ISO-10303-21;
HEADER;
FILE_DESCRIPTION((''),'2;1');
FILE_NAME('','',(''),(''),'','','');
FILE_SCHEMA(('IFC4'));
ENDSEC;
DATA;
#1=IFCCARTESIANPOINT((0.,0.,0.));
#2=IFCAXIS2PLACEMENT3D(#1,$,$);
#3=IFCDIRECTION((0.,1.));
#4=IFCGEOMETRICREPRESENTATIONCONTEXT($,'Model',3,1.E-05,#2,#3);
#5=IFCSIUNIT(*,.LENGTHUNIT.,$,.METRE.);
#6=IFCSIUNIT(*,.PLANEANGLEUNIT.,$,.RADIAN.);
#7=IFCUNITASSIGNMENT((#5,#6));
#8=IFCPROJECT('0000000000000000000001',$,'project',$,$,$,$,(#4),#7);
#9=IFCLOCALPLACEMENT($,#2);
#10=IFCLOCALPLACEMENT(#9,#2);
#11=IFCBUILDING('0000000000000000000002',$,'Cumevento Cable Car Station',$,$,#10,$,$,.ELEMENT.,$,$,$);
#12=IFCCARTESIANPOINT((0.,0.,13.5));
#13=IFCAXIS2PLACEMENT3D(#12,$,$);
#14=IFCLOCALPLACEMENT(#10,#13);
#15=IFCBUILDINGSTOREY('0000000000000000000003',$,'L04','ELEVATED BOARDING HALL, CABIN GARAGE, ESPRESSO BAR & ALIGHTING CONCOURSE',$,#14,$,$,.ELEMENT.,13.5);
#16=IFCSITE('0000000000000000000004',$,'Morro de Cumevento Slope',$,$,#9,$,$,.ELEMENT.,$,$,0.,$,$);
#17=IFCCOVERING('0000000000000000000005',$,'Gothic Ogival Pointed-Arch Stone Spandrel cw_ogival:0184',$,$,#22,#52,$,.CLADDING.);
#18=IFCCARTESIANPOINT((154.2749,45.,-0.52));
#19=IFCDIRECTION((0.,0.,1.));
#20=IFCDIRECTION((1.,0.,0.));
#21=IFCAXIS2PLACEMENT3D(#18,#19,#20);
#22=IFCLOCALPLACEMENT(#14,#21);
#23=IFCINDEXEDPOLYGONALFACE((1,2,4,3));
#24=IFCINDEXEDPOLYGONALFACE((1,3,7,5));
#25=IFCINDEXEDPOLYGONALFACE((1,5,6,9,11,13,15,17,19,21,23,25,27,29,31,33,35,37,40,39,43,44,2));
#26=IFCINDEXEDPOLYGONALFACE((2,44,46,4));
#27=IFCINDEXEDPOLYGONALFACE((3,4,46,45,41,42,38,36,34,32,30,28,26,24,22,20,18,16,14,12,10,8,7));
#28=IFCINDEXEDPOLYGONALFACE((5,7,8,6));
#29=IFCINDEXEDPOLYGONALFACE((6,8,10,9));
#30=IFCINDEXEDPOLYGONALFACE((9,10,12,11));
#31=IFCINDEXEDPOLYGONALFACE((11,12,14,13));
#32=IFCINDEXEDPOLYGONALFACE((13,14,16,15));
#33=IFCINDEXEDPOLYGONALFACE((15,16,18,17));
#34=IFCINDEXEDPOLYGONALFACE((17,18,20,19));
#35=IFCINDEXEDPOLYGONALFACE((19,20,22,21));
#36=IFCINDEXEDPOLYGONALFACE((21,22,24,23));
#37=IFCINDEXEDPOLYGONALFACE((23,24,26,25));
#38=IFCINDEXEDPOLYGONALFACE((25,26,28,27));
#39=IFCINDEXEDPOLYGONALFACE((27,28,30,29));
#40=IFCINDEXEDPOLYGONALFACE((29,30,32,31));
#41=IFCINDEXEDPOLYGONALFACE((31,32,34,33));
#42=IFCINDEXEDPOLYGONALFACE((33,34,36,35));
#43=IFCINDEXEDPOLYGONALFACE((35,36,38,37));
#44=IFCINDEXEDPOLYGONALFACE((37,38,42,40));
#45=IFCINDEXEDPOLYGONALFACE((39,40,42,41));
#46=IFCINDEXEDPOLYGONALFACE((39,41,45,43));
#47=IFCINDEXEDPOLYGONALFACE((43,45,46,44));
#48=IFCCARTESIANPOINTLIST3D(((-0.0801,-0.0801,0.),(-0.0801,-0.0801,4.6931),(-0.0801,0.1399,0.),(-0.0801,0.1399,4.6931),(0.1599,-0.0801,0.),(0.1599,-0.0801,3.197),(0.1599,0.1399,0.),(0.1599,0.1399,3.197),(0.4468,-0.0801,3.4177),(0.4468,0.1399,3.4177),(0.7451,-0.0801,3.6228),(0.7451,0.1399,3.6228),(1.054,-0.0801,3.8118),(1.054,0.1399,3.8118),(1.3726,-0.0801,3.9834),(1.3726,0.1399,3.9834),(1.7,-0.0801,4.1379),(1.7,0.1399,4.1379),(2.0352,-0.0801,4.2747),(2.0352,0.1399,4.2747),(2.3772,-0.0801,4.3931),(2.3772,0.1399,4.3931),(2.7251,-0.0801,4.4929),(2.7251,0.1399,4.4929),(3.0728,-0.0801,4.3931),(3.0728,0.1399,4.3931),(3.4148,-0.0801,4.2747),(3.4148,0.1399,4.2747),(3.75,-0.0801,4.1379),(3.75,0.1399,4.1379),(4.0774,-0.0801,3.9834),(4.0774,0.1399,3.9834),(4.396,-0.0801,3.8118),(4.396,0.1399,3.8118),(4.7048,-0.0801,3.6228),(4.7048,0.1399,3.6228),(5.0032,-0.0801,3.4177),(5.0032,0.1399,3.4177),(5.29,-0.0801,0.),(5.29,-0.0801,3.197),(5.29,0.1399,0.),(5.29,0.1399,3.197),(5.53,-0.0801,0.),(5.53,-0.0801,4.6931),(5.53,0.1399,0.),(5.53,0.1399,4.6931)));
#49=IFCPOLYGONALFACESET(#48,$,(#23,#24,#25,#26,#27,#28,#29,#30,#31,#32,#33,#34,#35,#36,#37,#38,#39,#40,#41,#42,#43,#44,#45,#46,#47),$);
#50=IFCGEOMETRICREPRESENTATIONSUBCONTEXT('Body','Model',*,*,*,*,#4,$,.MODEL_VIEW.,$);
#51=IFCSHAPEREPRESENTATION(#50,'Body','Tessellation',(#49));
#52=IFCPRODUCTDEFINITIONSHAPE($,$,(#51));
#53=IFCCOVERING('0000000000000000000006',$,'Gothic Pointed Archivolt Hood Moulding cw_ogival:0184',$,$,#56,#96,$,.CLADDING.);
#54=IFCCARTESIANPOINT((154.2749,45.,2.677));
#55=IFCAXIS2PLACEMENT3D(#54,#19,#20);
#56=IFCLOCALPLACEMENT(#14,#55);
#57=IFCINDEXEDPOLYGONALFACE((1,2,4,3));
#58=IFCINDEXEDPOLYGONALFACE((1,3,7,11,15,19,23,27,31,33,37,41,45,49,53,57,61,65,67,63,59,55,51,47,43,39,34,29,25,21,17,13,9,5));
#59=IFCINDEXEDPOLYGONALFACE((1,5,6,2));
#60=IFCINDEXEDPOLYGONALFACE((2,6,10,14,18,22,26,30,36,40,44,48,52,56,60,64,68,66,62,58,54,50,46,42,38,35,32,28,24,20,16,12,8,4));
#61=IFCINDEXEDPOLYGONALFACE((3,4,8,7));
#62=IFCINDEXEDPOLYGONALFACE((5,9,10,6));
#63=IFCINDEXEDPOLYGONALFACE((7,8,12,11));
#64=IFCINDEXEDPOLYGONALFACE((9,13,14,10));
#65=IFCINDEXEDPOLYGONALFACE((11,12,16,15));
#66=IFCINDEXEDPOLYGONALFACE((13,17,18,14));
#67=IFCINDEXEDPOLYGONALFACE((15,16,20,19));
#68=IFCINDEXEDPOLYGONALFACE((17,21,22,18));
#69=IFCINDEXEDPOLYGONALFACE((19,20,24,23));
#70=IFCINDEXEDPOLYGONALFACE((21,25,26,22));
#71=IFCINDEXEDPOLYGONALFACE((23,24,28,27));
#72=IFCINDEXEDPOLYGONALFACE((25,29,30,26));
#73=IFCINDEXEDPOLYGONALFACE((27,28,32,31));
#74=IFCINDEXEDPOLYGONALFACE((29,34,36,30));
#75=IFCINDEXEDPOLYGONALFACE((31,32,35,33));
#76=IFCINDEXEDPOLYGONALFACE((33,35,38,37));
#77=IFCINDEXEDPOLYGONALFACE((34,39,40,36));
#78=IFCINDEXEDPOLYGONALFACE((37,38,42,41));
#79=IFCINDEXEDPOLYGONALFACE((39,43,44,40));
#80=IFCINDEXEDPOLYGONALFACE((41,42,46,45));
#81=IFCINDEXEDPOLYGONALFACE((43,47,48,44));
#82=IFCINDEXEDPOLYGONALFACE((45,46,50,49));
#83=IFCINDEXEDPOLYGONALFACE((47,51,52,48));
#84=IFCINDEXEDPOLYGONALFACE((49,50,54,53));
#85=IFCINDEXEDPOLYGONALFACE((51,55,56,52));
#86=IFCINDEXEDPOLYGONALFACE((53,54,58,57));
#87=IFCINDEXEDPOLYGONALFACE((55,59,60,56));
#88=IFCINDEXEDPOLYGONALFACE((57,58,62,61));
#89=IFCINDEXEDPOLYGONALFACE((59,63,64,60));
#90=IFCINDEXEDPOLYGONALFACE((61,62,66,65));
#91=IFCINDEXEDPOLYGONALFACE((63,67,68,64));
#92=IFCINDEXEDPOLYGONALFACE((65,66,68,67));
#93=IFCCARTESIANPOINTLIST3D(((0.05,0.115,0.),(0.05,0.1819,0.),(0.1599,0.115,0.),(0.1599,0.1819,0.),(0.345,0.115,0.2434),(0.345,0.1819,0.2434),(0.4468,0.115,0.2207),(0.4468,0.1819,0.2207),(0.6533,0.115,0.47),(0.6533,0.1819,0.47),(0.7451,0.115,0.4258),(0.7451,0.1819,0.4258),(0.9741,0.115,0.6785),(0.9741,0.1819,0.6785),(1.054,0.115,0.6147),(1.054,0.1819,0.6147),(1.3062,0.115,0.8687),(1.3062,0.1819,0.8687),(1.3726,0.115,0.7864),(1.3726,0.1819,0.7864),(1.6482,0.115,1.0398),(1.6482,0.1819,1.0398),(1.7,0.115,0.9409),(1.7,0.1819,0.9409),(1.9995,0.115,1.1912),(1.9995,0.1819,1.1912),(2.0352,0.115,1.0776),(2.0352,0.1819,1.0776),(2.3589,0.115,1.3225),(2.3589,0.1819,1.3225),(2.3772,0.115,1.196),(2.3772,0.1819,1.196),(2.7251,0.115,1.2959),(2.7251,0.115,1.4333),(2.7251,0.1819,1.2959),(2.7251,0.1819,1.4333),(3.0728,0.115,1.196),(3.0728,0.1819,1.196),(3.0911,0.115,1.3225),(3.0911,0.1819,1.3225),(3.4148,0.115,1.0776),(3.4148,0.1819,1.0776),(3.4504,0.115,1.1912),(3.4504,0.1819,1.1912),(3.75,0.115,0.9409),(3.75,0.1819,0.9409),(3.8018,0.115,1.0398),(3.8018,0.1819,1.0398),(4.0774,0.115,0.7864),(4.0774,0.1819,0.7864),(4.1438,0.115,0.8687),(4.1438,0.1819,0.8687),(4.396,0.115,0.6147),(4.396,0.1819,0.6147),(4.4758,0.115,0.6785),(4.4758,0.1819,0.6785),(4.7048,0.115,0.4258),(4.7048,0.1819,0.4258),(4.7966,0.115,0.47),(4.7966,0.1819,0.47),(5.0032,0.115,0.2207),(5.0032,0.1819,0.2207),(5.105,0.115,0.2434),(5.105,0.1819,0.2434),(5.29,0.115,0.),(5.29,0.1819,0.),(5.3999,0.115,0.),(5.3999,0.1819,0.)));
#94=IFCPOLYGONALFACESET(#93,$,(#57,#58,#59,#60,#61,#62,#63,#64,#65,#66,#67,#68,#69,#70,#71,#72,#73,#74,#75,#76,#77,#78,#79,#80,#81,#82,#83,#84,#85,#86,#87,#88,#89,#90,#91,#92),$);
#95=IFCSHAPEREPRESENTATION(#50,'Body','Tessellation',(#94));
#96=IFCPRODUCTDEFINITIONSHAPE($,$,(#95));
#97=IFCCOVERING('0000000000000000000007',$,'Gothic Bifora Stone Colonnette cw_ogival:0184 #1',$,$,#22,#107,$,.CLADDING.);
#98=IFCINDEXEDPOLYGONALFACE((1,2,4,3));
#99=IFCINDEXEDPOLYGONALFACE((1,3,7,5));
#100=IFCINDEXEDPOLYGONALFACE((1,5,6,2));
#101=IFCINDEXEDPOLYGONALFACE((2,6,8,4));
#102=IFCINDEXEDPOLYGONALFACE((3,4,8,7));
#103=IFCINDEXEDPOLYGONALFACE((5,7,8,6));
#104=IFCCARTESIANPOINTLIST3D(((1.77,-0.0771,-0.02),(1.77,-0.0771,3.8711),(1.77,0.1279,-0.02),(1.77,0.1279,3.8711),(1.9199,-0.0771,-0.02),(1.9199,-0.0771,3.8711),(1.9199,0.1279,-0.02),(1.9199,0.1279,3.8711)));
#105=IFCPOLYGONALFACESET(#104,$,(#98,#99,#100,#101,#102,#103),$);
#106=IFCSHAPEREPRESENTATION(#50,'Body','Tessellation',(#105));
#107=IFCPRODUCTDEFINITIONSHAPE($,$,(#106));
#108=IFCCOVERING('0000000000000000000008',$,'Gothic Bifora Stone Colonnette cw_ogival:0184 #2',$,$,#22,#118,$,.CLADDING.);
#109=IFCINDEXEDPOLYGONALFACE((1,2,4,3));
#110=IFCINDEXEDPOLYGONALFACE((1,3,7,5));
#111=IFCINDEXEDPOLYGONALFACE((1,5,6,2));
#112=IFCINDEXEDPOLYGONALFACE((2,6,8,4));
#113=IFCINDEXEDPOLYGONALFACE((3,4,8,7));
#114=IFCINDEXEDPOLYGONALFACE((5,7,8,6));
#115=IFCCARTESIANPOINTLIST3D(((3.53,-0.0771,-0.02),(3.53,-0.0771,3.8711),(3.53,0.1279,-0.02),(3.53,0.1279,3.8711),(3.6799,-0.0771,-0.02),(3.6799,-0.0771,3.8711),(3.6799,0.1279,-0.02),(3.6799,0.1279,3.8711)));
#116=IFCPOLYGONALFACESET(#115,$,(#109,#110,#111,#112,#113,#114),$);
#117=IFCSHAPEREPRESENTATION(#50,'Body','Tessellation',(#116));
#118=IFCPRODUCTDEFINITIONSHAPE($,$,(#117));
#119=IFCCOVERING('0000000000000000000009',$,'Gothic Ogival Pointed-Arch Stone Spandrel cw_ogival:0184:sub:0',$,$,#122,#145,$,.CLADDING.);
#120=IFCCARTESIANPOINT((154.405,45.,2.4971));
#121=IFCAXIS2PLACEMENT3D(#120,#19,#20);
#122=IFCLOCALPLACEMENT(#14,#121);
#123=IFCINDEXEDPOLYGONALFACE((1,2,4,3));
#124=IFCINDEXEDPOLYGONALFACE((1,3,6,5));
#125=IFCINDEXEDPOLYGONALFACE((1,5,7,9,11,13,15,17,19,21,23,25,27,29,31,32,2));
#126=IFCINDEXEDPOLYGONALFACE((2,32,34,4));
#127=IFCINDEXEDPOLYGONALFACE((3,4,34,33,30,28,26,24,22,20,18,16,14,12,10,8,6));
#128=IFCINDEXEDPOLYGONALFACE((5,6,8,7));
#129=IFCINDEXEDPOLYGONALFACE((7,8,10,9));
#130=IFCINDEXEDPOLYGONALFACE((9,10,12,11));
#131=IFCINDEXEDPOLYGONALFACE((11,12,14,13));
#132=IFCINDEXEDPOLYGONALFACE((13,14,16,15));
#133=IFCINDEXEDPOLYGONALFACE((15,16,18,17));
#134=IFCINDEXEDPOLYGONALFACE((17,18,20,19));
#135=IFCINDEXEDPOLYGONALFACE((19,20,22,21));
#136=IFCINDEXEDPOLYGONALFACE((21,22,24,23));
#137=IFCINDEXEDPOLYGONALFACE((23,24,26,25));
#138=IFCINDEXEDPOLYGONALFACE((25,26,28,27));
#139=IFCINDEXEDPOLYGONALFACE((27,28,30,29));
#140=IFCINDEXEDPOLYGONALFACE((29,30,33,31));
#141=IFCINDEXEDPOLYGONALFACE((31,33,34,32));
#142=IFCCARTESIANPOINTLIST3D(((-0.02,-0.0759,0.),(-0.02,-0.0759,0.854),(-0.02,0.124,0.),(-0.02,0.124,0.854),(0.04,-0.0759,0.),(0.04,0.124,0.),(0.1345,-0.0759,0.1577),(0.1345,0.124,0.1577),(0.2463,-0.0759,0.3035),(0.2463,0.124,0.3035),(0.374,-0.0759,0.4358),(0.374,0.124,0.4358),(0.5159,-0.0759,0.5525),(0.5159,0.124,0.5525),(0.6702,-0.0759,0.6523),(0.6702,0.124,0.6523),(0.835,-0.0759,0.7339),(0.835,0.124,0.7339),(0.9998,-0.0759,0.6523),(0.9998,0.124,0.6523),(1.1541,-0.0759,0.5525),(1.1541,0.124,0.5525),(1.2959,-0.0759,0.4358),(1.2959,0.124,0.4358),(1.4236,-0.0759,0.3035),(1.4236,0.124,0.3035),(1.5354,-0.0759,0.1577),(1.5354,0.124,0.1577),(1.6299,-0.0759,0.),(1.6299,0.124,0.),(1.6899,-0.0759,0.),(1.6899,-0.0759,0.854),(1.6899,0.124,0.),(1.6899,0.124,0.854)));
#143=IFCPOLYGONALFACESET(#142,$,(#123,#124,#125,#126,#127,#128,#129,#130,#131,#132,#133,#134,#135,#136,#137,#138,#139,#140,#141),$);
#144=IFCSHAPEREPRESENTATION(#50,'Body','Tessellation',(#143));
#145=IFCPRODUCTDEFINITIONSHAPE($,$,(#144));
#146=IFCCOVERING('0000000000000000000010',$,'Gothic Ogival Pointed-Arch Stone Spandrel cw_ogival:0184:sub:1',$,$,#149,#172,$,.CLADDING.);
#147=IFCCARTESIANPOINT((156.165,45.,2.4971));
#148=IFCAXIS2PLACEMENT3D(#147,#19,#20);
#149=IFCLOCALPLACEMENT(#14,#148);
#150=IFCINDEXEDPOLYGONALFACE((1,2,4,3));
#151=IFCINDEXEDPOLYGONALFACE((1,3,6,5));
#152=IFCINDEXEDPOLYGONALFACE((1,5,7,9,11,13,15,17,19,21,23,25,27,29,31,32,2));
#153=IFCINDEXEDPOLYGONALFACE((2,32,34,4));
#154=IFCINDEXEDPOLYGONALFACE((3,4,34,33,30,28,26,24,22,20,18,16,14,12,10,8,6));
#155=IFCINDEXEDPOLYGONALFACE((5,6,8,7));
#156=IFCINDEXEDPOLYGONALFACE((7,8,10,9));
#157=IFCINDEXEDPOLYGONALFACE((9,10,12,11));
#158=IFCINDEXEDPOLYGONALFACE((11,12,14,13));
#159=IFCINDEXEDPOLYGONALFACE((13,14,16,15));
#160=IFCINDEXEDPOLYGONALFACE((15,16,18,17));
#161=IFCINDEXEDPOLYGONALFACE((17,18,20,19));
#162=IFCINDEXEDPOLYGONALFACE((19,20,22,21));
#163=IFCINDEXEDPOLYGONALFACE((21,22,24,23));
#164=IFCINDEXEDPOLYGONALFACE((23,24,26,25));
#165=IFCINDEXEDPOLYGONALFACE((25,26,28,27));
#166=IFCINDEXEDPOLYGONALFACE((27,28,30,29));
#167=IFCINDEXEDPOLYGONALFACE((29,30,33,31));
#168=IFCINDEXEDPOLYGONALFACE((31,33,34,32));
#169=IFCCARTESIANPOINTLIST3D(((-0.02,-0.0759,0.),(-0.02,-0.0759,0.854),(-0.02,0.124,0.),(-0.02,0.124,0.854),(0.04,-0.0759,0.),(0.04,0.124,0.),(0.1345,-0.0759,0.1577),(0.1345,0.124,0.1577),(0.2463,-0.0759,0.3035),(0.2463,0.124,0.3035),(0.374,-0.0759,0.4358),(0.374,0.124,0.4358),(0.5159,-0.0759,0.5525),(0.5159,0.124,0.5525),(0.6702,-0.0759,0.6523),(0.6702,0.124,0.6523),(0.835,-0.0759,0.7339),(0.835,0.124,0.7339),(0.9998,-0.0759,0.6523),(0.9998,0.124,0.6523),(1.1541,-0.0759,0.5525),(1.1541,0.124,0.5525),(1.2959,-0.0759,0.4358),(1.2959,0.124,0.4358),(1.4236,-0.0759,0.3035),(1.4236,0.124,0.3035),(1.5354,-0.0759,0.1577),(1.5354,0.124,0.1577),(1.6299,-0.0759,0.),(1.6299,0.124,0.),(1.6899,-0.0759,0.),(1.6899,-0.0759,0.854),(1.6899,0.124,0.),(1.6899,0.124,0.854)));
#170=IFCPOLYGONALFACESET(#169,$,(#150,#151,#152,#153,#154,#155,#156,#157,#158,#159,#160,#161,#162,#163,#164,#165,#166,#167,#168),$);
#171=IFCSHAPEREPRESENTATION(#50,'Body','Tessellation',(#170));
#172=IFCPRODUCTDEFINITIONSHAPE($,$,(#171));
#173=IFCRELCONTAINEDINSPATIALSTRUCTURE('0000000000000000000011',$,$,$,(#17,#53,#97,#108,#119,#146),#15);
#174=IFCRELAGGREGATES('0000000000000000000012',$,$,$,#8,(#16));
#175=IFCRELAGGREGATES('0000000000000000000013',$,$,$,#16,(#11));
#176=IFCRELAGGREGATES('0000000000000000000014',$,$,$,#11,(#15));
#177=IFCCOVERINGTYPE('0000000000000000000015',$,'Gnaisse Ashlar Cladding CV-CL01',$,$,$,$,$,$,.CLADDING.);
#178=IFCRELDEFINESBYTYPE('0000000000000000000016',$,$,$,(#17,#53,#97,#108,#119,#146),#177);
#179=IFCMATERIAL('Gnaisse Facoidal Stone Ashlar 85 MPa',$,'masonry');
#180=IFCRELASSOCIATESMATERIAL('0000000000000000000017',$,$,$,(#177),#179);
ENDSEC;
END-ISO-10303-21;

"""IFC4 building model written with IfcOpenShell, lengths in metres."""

from ifc_helpers import new_model, si_unit, direction, frame, origin, place, context, subcontext, project, spatial, polyline, outline, extrude, material, type_object, element, save


model = new_model("IFC4")

# Units and contexts
model_context = context("Model", 3, precision=1e-05, world=origin(), true_north=direction((0.0, 1.0)))
body_context = subcontext(model_context, "Body", "Model", "MODEL_VIEW")
ifc_project = project(units=[si_unit("LENGTHUNIT", "METRE"), si_unit("PLANEANGLEUNIT", "RADIAN")], contexts=[model_context])

# Site, building, storey
site_placement = place(None, origin())
site = spatial("IfcSite", under=ifc_project, at=site_placement, Name="Morro de Cumevento Slope", CompositionType="ELEMENT", RefElevation=0.0)
building_placement = place(site_placement, origin())
building = spatial("IfcBuilding", under=site, at=building_placement, Name="Cumevento Cable Car Station", CompositionType="ELEMENT")
storey_placement = place(building_placement, frame((0.0, 0.0, 13.5)))
storey = spatial("IfcBuildingStorey", under=building, at=storey_placement, Name="L04", Description="ELEVATED BOARDING HALL, CABIN GARAGE, ESPRESSO BAR & ALIGHTING CONCOURSE", CompositionType="ELEMENT", Elevation=13.5)

# Coverings
ifc_material_1 = material(Name="Gnaisse Facoidal Stone Ashlar 85 MPa", Category="masonry")
covering_type = type_object("IfcCoveringType", Name="Gnaisse Ashlar Cladding CV-CL01", PredefinedType="CLADDING", material=ifc_material_1)
placement = place(storey_placement, frame((154.2749, 45.0, -0.52), z_axis=(0.0, 0.0, 1.0), x_axis=(1.0, 0.0, 0.0)))
element("IfcCovering", 1, at=placement, inside=storey, type_object=covering_type, Name="Gothic Ogival Pointed-Arch Stone Spandrel cw_ogival:0184", PredefinedType="CLADDING", context=body_context, shape_type="SweptSolid", body=[
    extrude(outline(polyline([(-0.0801, 0.0), (-0.0801, 4.6931), (5.53, 4.6931), (5.53, 0.0), (5.29, 0.0), (5.29, 3.197), (5.0032, 3.4177), (4.7048, 3.6228), (4.396, 3.8118), (4.0774, 3.9834), (3.75, 4.1379), (3.4148, 4.2747), (3.0728, 4.3931), (2.7251, 4.4929), (2.3772, 4.3931), (2.0352, 4.2747), (1.7, 4.1379), (1.3726, 3.9834), (1.054, 3.8118), (0.7451, 3.6228), (0.4468, 3.4177), (0.1599, 3.197), (0.1599, 0.0), (-0.0801, 0.0)])), frame((0.0, 0.1399, 0.0), z_axis=(0.0, -1.0, 0.0), x_axis=(1.0, 0.0, 0.0)), (0.0, 0.0, 1.0), 0.22),
])
covering_1_placement = place(storey_placement, frame((154.2749, 45.0, 2.677), z_axis=(0.0, 0.0, 1.0), x_axis=(1.0, 0.0, 0.0)))
element("IfcCovering", 2, at=covering_1_placement, inside=storey, type_object=covering_type, Name="Gothic Pointed Archivolt Hood Moulding cw_ogival:0184", PredefinedType="CLADDING", context=body_context, shape_type="SweptSolid", body=[
    extrude(outline(polyline([(0.1599, 0.0), (0.4468, 0.2207), (0.7451, 0.4258), (1.054, 0.6147), (1.3726, 0.7864), (1.7, 0.9409), (2.0352, 1.0776), (2.3772, 1.196), (2.7251, 1.2959), (3.0728, 1.196), (3.4148, 1.0776), (3.75, 0.9409), (4.0774, 0.7864), (4.396, 0.6147), (4.7048, 0.4258), (5.0032, 0.2207), (5.29, 0.0), (5.3999, 0.0), (5.105, 0.2434), (4.7966, 0.47), (4.4758, 0.6785), (4.1438, 0.8687), (3.8018, 1.0398), (3.4504, 1.1912), (3.0911, 1.3225), (2.7251, 1.4333), (2.3589, 1.3225), (1.9995, 1.1912), (1.6482, 1.0398), (1.3062, 0.8687), (0.9741, 0.6785), (0.6533, 0.47), (0.345, 0.2434), (0.05, 0.0), (0.1599, 0.0)])), frame((0.0, 0.1819, 0.0), z_axis=(0.0, -1.0, 0.0), x_axis=(1.0, 0.0, 0.0)), (0.0, 0.0, 1.0), 0.0669),
])
element("IfcCovering", 3, at=placement, inside=storey, type_object=covering_type, Name="Gothic Bifora Stone Colonnette cw_ogival:0184 #1", PredefinedType="CLADDING", context=body_context, shape_type="SweptSolid", body=[
    extrude(outline(polyline([(1.77, -0.02), (1.9199, -0.02), (1.9199, 3.8711), (1.77, 3.8711), (1.77, -0.02)])), frame((0.0, 0.1279, 0.0), z_axis=(0.0, -1.0, 0.0), x_axis=(1.0, 0.0, 0.0)), (0.0, 0.0, 1.0), 0.2051),
])
element("IfcCovering", 4, at=placement, inside=storey, type_object=covering_type, Name="Gothic Bifora Stone Colonnette cw_ogival:0184 #2", PredefinedType="CLADDING", context=body_context, shape_type="SweptSolid", body=[
    extrude(outline(polyline([(3.53, -0.02), (3.6799, -0.02), (3.6799, 3.8711), (3.53, 3.8711), (3.53, -0.02)])), frame((0.0, 0.1279, 0.0), z_axis=(0.0, -1.0, 0.0), x_axis=(1.0, 0.0, 0.0)), (0.0, 0.0, 1.0), 0.2051),
])
for number, where, z_axis, x_axis, name in (
    (5, (154.405, 45.0, 2.4971), (0.0, 0.0, 1.0), (1.0, 0.0, 0.0), "Gothic Ogival Pointed-Arch Stone Spandrel cw_ogival:0184:sub:0"),
    (6, (156.165, 45.0, 2.4971), (0.0, 0.0, 1.0), (1.0, 0.0, 0.0), "Gothic Ogival Pointed-Arch Stone Spandrel cw_ogival:0184:sub:1"),
):
    element("IfcCovering", number, at=place(storey_placement, frame(where, z_axis=z_axis, x_axis=x_axis)), inside=storey, type_object=covering_type, Name=name, PredefinedType="CLADDING", context=body_context, shape_type="SweptSolid", body=[
        extrude(outline(polyline([(-0.02, 0.0), (-0.02, 0.854), (1.6899, 0.854), (1.6899, 0.0), (1.6299, 0.0), (1.5354, 0.1577), (1.4236, 0.3035), (1.2959, 0.4358), (1.1541, 0.5525), (0.9998, 0.6523), (0.835, 0.7339), (0.6702, 0.6523), (0.5159, 0.5525), (0.374, 0.4358), (0.2463, 0.3035), (0.1345, 0.1577), (0.04, 0.0), (-0.02, 0.0)])), frame((0.0, 0.124, 0.0), z_axis=(0.0, -1.0, 0.0), x_axis=(1.0, 0.0, 0.0)), (0.0, 0.0, 1.0), 0.2),
    ])

save(model, "model.ifc")
